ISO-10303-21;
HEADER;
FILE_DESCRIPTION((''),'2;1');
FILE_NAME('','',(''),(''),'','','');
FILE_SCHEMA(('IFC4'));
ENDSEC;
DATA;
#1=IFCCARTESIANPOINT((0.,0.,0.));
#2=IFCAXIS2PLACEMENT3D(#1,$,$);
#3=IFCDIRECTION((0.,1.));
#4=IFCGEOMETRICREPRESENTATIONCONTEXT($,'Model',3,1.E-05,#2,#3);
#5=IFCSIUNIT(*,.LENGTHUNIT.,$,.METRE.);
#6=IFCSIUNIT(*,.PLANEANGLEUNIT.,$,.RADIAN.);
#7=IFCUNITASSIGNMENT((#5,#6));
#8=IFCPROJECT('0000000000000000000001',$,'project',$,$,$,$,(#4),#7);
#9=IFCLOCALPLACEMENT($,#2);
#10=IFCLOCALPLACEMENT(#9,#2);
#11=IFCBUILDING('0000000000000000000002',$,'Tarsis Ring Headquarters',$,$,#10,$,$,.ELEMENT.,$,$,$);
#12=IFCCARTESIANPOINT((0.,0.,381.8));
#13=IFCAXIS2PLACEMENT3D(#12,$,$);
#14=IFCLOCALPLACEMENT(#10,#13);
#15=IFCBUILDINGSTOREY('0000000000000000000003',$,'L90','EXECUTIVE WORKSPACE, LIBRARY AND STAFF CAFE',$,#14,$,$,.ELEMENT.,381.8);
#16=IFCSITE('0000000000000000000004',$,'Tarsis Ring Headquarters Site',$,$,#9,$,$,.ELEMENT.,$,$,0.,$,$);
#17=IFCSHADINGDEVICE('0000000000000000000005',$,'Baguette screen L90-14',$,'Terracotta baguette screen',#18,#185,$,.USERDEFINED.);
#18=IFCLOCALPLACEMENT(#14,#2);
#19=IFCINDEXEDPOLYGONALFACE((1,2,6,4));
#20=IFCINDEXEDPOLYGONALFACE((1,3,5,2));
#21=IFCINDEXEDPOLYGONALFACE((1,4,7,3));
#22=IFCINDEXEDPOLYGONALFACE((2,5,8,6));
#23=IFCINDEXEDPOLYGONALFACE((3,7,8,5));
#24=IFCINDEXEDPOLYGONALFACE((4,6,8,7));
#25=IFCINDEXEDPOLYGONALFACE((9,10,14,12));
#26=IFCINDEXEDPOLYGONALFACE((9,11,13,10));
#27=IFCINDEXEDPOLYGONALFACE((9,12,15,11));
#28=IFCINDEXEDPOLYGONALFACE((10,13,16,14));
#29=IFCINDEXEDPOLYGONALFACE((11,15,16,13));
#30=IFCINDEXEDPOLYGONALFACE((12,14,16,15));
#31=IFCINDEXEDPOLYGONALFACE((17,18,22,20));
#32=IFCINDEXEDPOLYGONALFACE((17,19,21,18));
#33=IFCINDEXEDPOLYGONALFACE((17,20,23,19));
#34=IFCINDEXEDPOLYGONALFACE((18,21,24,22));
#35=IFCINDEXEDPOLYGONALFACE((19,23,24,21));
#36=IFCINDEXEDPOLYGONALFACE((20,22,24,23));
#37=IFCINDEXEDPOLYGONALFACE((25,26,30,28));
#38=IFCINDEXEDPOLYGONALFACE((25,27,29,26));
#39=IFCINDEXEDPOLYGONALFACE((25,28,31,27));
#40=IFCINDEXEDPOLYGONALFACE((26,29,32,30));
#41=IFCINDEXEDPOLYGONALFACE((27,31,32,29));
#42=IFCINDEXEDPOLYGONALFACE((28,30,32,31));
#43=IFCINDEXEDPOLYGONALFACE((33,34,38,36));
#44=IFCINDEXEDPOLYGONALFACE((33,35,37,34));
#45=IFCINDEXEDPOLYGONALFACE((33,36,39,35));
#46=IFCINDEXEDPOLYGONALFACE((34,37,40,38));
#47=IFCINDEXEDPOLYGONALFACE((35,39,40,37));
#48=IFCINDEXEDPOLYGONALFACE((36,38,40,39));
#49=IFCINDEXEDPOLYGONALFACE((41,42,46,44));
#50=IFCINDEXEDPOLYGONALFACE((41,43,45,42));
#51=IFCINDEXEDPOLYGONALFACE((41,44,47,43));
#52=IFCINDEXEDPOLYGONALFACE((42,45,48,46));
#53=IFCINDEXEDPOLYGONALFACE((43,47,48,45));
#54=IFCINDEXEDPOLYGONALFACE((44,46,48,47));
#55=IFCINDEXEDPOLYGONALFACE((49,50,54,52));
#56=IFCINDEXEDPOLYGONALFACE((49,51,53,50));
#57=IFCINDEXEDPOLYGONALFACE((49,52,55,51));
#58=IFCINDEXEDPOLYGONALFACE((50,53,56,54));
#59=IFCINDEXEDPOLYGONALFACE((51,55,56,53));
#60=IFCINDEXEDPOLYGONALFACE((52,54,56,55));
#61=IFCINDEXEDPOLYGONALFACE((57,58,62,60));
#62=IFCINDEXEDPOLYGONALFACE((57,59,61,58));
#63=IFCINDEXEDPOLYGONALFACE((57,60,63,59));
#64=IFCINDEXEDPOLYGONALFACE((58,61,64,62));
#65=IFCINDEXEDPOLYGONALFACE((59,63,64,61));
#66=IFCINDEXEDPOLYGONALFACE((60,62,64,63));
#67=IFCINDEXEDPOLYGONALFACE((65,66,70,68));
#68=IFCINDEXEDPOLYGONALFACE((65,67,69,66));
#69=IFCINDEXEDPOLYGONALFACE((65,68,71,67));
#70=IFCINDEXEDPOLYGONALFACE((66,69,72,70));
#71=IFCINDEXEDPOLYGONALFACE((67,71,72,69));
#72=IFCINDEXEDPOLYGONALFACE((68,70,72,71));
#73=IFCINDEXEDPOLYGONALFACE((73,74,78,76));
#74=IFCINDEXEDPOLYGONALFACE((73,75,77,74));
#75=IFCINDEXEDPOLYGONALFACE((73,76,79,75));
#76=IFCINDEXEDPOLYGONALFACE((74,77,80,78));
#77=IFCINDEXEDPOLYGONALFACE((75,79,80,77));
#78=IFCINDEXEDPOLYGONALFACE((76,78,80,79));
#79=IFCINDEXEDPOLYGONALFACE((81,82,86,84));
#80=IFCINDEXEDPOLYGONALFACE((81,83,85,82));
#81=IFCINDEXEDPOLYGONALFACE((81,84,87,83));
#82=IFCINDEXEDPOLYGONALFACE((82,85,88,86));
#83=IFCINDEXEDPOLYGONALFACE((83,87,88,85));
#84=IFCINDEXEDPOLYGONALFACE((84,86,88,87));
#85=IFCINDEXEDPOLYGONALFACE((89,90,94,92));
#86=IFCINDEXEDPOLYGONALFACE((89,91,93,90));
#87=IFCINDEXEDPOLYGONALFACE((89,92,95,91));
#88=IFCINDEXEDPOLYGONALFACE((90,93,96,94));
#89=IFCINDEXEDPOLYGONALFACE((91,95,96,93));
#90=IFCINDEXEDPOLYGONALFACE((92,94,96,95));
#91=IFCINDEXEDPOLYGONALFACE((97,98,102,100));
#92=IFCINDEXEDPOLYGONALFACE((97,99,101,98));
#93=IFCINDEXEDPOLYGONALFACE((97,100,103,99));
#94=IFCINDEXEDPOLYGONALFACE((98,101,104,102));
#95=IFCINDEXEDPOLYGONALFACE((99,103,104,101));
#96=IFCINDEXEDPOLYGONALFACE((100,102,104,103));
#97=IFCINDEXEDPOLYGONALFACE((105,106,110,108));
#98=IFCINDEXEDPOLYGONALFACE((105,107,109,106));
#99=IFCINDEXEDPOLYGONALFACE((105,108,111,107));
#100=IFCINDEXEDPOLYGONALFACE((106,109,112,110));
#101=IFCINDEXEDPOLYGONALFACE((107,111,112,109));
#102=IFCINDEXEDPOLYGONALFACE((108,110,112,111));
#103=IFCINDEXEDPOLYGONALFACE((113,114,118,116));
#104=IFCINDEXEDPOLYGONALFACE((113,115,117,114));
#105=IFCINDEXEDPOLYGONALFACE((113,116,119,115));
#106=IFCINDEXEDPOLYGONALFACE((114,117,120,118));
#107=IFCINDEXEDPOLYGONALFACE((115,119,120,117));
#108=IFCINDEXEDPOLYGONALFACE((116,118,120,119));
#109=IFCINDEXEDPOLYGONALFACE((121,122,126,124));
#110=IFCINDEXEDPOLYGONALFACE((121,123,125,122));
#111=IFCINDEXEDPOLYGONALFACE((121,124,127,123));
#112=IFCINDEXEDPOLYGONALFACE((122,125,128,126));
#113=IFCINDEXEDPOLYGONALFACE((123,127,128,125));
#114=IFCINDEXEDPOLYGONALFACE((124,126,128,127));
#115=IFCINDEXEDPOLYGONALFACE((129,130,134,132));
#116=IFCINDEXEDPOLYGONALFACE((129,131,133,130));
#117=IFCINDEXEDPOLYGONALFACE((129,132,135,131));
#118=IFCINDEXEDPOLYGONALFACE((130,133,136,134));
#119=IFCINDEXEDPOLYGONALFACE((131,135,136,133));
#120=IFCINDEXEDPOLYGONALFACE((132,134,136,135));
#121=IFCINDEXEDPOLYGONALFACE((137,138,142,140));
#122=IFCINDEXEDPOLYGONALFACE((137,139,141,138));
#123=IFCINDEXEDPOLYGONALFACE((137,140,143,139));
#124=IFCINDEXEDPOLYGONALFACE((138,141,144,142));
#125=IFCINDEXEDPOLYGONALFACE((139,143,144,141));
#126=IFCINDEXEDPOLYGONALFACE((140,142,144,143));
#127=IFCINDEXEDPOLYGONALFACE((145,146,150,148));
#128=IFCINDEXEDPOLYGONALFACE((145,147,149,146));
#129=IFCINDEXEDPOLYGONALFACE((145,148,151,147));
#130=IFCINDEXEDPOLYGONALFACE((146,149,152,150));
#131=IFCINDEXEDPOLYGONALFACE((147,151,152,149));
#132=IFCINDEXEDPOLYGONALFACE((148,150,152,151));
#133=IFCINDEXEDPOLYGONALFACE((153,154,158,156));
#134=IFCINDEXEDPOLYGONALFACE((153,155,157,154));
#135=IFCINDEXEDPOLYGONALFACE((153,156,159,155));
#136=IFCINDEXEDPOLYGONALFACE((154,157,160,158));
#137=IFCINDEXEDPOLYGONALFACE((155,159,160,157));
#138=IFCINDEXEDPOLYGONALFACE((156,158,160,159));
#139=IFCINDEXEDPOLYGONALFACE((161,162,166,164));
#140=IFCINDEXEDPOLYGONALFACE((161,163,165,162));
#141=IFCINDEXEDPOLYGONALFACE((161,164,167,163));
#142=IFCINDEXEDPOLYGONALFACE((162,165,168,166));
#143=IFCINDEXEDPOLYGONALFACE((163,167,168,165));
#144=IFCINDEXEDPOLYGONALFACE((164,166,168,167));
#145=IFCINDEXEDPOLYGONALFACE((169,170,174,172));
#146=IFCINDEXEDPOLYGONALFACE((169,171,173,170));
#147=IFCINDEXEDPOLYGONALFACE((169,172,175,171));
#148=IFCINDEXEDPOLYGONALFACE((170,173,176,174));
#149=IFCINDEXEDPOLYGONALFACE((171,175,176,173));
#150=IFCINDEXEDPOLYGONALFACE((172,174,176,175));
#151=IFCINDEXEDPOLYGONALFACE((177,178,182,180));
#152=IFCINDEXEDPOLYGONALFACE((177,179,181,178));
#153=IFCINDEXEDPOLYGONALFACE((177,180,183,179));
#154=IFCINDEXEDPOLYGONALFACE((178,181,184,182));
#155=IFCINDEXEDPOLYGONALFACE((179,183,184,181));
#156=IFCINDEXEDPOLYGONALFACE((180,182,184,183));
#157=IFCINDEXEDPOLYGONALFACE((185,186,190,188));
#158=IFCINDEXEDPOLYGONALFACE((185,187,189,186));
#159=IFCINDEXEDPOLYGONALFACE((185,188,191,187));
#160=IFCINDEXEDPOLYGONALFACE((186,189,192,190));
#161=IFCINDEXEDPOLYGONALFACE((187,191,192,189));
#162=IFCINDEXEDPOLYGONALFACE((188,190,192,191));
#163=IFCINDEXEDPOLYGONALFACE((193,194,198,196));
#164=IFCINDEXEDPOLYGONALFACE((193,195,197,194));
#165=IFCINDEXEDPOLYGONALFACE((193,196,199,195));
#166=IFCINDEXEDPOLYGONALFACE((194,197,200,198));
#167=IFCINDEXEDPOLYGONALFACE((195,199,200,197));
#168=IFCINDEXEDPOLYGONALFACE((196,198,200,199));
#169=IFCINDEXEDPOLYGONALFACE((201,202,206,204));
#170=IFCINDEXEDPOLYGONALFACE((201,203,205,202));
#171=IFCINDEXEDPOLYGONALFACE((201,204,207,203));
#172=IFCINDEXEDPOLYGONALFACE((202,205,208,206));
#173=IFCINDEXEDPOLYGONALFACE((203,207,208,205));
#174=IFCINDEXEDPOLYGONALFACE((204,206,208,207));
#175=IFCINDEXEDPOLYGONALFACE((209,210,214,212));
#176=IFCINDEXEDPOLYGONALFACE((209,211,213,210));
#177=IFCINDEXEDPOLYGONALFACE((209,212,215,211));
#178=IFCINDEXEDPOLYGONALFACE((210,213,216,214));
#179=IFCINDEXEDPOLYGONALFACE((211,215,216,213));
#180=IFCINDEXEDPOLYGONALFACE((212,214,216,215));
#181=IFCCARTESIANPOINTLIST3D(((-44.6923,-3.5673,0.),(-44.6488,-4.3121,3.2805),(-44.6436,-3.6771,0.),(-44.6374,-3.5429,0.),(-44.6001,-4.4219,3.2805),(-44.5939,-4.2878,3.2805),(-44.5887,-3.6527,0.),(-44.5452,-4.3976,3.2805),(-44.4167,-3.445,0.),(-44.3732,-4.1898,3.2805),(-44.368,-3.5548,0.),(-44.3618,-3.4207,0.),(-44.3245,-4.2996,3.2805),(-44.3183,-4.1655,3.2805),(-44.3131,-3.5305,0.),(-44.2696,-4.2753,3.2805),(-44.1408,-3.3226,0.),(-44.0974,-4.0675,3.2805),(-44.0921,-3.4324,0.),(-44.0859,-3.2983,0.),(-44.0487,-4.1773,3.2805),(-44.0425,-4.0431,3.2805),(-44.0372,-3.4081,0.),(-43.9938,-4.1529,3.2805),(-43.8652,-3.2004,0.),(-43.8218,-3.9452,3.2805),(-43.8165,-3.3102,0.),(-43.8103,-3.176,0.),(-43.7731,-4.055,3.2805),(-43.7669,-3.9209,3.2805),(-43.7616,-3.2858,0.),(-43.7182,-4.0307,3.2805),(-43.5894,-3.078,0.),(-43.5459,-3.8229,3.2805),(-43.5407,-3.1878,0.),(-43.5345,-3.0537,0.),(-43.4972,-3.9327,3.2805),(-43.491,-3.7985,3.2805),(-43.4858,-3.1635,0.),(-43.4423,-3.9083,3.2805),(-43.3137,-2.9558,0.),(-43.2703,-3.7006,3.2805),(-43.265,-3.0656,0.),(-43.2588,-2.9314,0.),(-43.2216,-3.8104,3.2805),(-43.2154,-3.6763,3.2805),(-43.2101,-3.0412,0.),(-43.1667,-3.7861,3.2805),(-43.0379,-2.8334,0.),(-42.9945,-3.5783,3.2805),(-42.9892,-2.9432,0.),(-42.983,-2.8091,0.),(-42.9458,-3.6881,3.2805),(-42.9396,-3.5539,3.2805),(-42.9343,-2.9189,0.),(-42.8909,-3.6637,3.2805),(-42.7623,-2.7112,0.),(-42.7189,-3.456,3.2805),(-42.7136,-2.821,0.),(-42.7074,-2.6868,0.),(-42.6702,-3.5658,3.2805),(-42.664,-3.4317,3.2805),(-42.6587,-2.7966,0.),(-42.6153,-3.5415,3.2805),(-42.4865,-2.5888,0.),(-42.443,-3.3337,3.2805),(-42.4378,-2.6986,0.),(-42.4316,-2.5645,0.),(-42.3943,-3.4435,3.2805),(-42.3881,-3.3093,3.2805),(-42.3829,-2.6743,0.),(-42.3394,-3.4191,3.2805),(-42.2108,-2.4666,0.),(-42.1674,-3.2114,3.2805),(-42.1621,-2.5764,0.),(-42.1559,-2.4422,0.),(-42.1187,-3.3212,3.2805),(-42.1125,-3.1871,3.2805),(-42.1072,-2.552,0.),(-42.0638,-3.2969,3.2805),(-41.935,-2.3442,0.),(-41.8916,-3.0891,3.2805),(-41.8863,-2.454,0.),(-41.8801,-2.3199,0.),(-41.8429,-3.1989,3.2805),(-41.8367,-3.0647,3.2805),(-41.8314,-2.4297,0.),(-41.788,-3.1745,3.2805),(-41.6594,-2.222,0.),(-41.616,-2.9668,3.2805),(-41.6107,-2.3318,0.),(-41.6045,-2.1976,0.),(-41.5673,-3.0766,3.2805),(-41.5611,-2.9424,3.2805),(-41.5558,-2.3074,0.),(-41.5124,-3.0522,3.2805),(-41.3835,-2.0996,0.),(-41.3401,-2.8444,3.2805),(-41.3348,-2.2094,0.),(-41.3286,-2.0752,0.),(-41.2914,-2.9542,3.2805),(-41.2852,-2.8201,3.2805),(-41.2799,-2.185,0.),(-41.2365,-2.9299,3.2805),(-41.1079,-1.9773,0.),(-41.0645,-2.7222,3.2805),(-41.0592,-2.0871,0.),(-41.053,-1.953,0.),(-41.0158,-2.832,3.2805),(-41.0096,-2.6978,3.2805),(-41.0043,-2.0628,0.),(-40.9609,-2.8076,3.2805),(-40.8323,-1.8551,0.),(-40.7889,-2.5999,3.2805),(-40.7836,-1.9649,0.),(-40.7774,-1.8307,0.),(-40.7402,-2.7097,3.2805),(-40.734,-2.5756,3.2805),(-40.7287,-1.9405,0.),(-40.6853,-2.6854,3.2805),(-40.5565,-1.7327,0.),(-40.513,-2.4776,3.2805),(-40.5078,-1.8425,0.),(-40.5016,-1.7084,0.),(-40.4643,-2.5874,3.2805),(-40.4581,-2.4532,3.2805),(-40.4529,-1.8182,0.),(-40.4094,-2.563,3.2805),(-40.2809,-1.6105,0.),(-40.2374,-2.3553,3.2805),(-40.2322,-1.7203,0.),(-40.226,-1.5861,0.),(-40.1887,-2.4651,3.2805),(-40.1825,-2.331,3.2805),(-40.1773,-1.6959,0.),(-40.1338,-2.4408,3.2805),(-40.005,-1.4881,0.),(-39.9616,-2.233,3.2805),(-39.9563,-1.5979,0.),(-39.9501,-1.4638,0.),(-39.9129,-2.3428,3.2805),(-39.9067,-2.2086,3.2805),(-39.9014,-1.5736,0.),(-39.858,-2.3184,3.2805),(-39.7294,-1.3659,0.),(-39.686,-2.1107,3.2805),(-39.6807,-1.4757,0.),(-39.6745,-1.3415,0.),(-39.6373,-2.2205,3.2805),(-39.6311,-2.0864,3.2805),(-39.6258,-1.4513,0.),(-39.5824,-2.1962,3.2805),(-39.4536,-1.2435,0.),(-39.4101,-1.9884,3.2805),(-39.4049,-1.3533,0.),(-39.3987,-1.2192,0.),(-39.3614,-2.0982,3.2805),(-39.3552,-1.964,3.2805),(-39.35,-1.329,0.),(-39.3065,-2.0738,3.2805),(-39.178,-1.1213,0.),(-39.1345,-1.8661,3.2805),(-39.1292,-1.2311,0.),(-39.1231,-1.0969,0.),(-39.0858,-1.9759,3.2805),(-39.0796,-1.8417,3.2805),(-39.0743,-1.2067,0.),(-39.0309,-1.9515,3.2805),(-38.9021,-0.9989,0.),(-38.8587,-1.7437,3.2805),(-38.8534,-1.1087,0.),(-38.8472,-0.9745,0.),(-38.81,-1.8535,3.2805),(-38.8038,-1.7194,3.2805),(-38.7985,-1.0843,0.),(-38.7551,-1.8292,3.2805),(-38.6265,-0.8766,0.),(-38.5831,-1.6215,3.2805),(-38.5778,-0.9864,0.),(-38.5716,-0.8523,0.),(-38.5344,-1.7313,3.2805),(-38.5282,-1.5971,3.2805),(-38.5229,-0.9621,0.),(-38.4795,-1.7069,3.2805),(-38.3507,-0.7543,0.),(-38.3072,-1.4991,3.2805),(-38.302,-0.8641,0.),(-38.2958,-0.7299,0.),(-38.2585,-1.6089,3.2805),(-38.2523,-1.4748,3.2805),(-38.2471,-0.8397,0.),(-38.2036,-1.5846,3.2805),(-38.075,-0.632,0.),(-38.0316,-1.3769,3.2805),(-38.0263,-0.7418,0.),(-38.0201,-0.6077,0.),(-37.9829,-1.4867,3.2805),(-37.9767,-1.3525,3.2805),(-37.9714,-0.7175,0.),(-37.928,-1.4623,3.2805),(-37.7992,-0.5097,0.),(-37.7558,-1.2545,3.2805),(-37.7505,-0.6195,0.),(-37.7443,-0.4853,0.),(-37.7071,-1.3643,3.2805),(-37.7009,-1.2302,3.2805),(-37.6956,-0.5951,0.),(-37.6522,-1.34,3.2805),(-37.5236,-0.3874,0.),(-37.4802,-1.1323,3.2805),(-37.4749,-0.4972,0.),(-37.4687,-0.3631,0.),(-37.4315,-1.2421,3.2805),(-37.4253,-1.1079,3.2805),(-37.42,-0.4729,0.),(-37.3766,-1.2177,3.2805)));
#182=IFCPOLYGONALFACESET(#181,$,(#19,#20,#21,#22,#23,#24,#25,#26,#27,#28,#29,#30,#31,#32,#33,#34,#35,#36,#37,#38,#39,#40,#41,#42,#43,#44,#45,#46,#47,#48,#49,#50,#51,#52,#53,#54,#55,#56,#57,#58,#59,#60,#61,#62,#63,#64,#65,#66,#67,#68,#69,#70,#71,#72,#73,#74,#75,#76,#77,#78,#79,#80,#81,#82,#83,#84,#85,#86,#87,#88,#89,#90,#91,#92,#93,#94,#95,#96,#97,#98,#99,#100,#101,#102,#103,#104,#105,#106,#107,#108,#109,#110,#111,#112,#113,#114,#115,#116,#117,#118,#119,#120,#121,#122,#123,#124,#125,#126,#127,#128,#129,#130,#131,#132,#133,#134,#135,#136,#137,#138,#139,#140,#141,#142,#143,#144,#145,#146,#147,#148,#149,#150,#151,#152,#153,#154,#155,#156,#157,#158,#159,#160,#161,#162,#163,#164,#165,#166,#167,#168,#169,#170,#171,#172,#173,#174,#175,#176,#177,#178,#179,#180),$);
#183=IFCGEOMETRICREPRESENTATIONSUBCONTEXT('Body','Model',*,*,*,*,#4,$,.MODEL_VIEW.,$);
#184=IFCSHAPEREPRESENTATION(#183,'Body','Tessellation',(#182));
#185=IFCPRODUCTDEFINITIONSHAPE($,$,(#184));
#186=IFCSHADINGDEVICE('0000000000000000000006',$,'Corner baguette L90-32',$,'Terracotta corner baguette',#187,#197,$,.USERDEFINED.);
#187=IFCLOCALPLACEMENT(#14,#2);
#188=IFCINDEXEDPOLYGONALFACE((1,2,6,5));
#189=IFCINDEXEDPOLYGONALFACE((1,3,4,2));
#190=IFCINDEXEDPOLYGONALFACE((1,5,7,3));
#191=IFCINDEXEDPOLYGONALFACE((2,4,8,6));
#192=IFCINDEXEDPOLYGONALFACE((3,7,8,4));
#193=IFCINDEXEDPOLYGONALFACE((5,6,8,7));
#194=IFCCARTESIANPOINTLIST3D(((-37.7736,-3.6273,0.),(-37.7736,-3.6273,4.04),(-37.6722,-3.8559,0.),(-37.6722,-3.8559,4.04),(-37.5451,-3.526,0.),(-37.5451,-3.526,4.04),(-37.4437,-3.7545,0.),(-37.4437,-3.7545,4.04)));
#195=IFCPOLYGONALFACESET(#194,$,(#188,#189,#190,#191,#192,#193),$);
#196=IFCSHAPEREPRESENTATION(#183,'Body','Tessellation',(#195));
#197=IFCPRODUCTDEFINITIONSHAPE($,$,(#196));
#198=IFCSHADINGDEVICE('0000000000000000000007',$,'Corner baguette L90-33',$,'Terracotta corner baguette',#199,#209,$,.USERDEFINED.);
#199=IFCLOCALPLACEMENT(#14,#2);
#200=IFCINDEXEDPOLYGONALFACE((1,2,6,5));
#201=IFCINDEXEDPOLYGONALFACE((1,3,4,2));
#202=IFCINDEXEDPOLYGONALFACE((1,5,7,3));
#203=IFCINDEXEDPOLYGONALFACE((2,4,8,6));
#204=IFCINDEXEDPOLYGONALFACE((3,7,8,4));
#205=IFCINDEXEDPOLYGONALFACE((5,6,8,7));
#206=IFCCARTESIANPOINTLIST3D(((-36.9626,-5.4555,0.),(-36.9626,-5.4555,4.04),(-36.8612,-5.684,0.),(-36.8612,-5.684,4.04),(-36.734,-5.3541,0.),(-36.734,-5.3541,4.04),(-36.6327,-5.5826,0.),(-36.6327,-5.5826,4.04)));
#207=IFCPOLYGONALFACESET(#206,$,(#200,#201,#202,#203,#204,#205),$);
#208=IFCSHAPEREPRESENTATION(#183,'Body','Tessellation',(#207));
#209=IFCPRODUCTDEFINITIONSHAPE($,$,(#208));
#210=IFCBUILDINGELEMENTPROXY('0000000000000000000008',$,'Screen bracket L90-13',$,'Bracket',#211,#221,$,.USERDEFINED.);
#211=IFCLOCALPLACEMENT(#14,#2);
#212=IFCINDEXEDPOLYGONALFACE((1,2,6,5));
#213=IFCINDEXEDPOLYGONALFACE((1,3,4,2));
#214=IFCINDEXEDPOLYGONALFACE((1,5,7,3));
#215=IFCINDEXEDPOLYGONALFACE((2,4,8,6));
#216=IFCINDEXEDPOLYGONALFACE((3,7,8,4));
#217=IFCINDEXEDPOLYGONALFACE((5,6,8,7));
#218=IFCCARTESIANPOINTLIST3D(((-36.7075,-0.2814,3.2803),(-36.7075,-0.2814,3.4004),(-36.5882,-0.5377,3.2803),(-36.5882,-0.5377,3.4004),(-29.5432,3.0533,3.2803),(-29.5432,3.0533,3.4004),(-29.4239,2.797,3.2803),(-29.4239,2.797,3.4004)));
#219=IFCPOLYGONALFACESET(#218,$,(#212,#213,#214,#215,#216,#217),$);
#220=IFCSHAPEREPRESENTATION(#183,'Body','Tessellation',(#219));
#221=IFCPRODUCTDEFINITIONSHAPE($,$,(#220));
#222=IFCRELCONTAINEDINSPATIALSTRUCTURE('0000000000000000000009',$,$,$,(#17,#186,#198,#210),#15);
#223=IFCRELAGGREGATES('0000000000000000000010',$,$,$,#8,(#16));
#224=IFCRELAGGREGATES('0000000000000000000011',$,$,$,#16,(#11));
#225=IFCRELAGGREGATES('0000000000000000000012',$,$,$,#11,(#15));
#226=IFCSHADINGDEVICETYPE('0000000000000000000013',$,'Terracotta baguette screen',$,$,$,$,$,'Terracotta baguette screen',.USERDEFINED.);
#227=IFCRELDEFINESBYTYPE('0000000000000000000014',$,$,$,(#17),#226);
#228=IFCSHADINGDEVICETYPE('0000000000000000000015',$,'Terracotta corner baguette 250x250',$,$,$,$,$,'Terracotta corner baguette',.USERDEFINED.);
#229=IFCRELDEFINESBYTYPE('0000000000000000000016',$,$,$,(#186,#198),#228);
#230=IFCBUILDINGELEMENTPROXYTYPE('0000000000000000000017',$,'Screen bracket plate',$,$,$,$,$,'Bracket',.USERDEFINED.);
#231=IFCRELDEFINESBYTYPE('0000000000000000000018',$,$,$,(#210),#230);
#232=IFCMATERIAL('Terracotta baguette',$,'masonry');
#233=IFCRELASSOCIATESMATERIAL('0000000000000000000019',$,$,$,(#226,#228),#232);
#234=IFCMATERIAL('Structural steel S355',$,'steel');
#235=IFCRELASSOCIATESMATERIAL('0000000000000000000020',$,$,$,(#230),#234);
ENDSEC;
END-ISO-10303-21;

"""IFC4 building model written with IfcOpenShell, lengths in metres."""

from ifc_helpers import new_model, si_unit, direction, frame, frame_2d, origin, origin_2d, place, context, subcontext, project, spatial, rectangle, composite_profile, extrude, material, type_object, element, save


model = new_model("IFC4")

# Units and contexts
model_context = context("Model", 3, precision=1e-05, world=origin(), true_north=direction((0.0, 1.0)))
body_context = subcontext(model_context, "Body", "Model", "MODEL_VIEW")
ifc_project = project(units=[si_unit("LENGTHUNIT", "METRE"), si_unit("PLANEANGLEUNIT", "RADIAN")], contexts=[model_context])

# Site, building, storey
site_placement = place(None, origin())
site = spatial("IfcSite", under=ifc_project, at=site_placement, Name="Tarsis Ring Headquarters Site", CompositionType="ELEMENT", RefElevation=0.0)
building_placement = place(site_placement, origin())
building = spatial("IfcBuilding", under=site, at=building_placement, Name="Tarsis Ring Headquarters", CompositionType="ELEMENT")
storey_placement = place(building_placement, frame((0.0, 0.0, 381.8)))
storey = spatial("IfcBuildingStorey", under=building, at=storey_placement, Name="L90", Description="EXECUTIVE WORKSPACE, LIBRARY AND STAFF CAFE", CompositionType="ELEMENT", Elevation=381.8)

# Shared definitions
ifc_material_1 = material(Name="Structural steel S355", Category="steel")

# Shading devices
ifc_material_2 = material(Name="Terracotta baguette", Category="masonry")
shading_device_type_1 = type_object("IfcShadingDeviceType", Name="Terracotta baguette screen", ElementType="Terracotta baguette screen", PredefinedType="USERDEFINED", material=ifc_material_2)
shading_device_1_placement = place(storey_placement, frame((-37.4443, -0.418, 0.0), z_axis=(0.0, 0.0, 1.0), x_axis=(-0.91411, -0.405475, 0.0)))
element("IfcShadingDevice", 1, at=shading_device_1_placement, inside=storey, type_object=shading_device_type_1, Name="Baguette screen L90-14", ObjectType="Terracotta baguette screen", PredefinedType="USERDEFINED", context=body_context, shape_type="SweptSolid", body=[
    extrude(composite_profile([rectangle(XDim=0.0601, YDim=0.1201, at=frame_2d((0.03, 0.0))), rectangle(XDim=0.0601, YDim=0.1201, at=frame_2d((0.3315, 0.0))), rectangle(XDim=0.0601, YDim=0.1201, at=frame_2d((0.6333, 0.0))), rectangle(XDim=0.0601, YDim=0.1201, at=frame_2d((0.9348, 0.0))), rectangle(XDim=0.0601, YDim=0.1201, at=frame_2d((1.2366, 0.0))), rectangle(XDim=0.0601, YDim=0.1201, at=frame_2d((1.5381, 0.0))), rectangle(XDim=0.0601, YDim=0.1201, at=frame_2d((1.8398, 0.0))), rectangle(XDim=0.0601, YDim=0.1201, at=frame_2d((2.1414, 0.0))), rectangle(XDim=0.0601, YDim=0.1201, at=frame_2d((2.4431, 0.0))), rectangle(XDim=0.0601, YDim=0.1201, at=frame_2d((2.7446, 0.0))), rectangle(XDim=0.0601, YDim=0.1201, at=frame_2d((3.0464, 0.0))), rectangle(XDim=0.0601, YDim=0.1201, at=frame_2d((3.3479, 0.0))), rectangle(XDim=0.0601, YDim=0.1201, at=frame_2d((3.6497, 0.0))), rectangle(XDim=0.0601, YDim=0.1201, at=frame_2d((3.9512, 0.0))), rectangle(XDim=0.0601, YDim=0.1201, at=frame_2d((4.2527, 0.0))), rectangle(XDim=0.0601, YDim=0.1201, at=frame_2d((4.5544, 0.0))), rectangle(XDim=0.0601, YDim=0.1201, at=frame_2d((4.856, 0.0))), rectangle(XDim=0.0601, YDim=0.1201, at=frame_2d((5.1577, 0.0))), rectangle(XDim=0.0601, YDim=0.1201, at=frame_2d((5.4592, 0.0))), rectangle(XDim=0.0601, YDim=0.1201, at=frame_2d((5.761, 0.0))), rectangle(XDim=0.0601, YDim=0.1201, at=frame_2d((6.0625, 0.0))), rectangle(XDim=0.0601, YDim=0.1201, at=frame_2d((6.3643, 0.0))), rectangle(XDim=0.0601, YDim=0.1201, at=frame_2d((6.6658, 0.0))), rectangle(XDim=0.0601, YDim=0.1201, at=frame_2d((6.9675, 0.0))), rectangle(XDim=0.0601, YDim=0.1201, at=frame_2d((7.269, 0.0))), rectangle(XDim=0.0601, YDim=0.1201, at=frame_2d((7.5708, 0.0))), rectangle(XDim=0.0601, YDim=0.1201, at=frame_2d((7.8723, 0.0)))]), origin(), (0.077972, 0.207617, 0.975098), 3.3643),
])
shading_device_type_2 = type_object("IfcShadingDeviceType", Name="Terracotta corner baguette 250x250", ElementType="Terracotta corner baguette", PredefinedType="USERDEFINED", material=ifc_material_2)
for number, where, z_axis, x_axis, name in (
    (2, (-37.6086, -3.6909, 0.0), (0.0, 0.0, 1.0), (-0.914112, -0.405461, 0.0), "Corner baguette L90-32"),
    (3, (-36.7976, -5.519, 0.0), (0.0, 0.0, 1.0), (0.405461, -0.914112, 0.0), "Corner baguette L90-33"),
):
    element("IfcShadingDevice", number, at=place(storey_placement, frame(where, z_axis=z_axis, x_axis=x_axis)), inside=storey, type_object=shading_device_type_2, Name=name, ObjectType="Terracotta corner baguette", PredefinedType="USERDEFINED", context=body_context, shape_type="SweptSolid", body=[
        extrude(rectangle(XDim=0.25, YDim=0.25, at=origin_2d()), origin(), (0.0, 0.0, 1.0), 4.04),
    ])

# Building element proxy
building_element_proxy_type = type_object("IfcBuildingElementProxyType", Name="Screen bracket plate", ElementType="Bracket", PredefinedType="USERDEFINED", material=ifc_material_1)
proxy_placement = place(storey_placement, frame((-33.0657, 1.2578, 3.2803), z_axis=(0.0, 0.0, 1.0), x_axis=(-0.906603, -0.421985, 0.0)))
element("IfcBuildingElementProxy", 4, at=proxy_placement, inside=storey, type_object=building_element_proxy_type, Name="Screen bracket L90-13", ObjectType="Bracket", PredefinedType="USERDEFINED", context=body_context, shape_type="SweptSolid", body=[
    extrude(rectangle(XDim=7.9023, YDim=0.2827, at=origin_2d()), origin(), (0.0, 0.0, 1.0), 0.1201),
])

save(model, "model.ifc")
